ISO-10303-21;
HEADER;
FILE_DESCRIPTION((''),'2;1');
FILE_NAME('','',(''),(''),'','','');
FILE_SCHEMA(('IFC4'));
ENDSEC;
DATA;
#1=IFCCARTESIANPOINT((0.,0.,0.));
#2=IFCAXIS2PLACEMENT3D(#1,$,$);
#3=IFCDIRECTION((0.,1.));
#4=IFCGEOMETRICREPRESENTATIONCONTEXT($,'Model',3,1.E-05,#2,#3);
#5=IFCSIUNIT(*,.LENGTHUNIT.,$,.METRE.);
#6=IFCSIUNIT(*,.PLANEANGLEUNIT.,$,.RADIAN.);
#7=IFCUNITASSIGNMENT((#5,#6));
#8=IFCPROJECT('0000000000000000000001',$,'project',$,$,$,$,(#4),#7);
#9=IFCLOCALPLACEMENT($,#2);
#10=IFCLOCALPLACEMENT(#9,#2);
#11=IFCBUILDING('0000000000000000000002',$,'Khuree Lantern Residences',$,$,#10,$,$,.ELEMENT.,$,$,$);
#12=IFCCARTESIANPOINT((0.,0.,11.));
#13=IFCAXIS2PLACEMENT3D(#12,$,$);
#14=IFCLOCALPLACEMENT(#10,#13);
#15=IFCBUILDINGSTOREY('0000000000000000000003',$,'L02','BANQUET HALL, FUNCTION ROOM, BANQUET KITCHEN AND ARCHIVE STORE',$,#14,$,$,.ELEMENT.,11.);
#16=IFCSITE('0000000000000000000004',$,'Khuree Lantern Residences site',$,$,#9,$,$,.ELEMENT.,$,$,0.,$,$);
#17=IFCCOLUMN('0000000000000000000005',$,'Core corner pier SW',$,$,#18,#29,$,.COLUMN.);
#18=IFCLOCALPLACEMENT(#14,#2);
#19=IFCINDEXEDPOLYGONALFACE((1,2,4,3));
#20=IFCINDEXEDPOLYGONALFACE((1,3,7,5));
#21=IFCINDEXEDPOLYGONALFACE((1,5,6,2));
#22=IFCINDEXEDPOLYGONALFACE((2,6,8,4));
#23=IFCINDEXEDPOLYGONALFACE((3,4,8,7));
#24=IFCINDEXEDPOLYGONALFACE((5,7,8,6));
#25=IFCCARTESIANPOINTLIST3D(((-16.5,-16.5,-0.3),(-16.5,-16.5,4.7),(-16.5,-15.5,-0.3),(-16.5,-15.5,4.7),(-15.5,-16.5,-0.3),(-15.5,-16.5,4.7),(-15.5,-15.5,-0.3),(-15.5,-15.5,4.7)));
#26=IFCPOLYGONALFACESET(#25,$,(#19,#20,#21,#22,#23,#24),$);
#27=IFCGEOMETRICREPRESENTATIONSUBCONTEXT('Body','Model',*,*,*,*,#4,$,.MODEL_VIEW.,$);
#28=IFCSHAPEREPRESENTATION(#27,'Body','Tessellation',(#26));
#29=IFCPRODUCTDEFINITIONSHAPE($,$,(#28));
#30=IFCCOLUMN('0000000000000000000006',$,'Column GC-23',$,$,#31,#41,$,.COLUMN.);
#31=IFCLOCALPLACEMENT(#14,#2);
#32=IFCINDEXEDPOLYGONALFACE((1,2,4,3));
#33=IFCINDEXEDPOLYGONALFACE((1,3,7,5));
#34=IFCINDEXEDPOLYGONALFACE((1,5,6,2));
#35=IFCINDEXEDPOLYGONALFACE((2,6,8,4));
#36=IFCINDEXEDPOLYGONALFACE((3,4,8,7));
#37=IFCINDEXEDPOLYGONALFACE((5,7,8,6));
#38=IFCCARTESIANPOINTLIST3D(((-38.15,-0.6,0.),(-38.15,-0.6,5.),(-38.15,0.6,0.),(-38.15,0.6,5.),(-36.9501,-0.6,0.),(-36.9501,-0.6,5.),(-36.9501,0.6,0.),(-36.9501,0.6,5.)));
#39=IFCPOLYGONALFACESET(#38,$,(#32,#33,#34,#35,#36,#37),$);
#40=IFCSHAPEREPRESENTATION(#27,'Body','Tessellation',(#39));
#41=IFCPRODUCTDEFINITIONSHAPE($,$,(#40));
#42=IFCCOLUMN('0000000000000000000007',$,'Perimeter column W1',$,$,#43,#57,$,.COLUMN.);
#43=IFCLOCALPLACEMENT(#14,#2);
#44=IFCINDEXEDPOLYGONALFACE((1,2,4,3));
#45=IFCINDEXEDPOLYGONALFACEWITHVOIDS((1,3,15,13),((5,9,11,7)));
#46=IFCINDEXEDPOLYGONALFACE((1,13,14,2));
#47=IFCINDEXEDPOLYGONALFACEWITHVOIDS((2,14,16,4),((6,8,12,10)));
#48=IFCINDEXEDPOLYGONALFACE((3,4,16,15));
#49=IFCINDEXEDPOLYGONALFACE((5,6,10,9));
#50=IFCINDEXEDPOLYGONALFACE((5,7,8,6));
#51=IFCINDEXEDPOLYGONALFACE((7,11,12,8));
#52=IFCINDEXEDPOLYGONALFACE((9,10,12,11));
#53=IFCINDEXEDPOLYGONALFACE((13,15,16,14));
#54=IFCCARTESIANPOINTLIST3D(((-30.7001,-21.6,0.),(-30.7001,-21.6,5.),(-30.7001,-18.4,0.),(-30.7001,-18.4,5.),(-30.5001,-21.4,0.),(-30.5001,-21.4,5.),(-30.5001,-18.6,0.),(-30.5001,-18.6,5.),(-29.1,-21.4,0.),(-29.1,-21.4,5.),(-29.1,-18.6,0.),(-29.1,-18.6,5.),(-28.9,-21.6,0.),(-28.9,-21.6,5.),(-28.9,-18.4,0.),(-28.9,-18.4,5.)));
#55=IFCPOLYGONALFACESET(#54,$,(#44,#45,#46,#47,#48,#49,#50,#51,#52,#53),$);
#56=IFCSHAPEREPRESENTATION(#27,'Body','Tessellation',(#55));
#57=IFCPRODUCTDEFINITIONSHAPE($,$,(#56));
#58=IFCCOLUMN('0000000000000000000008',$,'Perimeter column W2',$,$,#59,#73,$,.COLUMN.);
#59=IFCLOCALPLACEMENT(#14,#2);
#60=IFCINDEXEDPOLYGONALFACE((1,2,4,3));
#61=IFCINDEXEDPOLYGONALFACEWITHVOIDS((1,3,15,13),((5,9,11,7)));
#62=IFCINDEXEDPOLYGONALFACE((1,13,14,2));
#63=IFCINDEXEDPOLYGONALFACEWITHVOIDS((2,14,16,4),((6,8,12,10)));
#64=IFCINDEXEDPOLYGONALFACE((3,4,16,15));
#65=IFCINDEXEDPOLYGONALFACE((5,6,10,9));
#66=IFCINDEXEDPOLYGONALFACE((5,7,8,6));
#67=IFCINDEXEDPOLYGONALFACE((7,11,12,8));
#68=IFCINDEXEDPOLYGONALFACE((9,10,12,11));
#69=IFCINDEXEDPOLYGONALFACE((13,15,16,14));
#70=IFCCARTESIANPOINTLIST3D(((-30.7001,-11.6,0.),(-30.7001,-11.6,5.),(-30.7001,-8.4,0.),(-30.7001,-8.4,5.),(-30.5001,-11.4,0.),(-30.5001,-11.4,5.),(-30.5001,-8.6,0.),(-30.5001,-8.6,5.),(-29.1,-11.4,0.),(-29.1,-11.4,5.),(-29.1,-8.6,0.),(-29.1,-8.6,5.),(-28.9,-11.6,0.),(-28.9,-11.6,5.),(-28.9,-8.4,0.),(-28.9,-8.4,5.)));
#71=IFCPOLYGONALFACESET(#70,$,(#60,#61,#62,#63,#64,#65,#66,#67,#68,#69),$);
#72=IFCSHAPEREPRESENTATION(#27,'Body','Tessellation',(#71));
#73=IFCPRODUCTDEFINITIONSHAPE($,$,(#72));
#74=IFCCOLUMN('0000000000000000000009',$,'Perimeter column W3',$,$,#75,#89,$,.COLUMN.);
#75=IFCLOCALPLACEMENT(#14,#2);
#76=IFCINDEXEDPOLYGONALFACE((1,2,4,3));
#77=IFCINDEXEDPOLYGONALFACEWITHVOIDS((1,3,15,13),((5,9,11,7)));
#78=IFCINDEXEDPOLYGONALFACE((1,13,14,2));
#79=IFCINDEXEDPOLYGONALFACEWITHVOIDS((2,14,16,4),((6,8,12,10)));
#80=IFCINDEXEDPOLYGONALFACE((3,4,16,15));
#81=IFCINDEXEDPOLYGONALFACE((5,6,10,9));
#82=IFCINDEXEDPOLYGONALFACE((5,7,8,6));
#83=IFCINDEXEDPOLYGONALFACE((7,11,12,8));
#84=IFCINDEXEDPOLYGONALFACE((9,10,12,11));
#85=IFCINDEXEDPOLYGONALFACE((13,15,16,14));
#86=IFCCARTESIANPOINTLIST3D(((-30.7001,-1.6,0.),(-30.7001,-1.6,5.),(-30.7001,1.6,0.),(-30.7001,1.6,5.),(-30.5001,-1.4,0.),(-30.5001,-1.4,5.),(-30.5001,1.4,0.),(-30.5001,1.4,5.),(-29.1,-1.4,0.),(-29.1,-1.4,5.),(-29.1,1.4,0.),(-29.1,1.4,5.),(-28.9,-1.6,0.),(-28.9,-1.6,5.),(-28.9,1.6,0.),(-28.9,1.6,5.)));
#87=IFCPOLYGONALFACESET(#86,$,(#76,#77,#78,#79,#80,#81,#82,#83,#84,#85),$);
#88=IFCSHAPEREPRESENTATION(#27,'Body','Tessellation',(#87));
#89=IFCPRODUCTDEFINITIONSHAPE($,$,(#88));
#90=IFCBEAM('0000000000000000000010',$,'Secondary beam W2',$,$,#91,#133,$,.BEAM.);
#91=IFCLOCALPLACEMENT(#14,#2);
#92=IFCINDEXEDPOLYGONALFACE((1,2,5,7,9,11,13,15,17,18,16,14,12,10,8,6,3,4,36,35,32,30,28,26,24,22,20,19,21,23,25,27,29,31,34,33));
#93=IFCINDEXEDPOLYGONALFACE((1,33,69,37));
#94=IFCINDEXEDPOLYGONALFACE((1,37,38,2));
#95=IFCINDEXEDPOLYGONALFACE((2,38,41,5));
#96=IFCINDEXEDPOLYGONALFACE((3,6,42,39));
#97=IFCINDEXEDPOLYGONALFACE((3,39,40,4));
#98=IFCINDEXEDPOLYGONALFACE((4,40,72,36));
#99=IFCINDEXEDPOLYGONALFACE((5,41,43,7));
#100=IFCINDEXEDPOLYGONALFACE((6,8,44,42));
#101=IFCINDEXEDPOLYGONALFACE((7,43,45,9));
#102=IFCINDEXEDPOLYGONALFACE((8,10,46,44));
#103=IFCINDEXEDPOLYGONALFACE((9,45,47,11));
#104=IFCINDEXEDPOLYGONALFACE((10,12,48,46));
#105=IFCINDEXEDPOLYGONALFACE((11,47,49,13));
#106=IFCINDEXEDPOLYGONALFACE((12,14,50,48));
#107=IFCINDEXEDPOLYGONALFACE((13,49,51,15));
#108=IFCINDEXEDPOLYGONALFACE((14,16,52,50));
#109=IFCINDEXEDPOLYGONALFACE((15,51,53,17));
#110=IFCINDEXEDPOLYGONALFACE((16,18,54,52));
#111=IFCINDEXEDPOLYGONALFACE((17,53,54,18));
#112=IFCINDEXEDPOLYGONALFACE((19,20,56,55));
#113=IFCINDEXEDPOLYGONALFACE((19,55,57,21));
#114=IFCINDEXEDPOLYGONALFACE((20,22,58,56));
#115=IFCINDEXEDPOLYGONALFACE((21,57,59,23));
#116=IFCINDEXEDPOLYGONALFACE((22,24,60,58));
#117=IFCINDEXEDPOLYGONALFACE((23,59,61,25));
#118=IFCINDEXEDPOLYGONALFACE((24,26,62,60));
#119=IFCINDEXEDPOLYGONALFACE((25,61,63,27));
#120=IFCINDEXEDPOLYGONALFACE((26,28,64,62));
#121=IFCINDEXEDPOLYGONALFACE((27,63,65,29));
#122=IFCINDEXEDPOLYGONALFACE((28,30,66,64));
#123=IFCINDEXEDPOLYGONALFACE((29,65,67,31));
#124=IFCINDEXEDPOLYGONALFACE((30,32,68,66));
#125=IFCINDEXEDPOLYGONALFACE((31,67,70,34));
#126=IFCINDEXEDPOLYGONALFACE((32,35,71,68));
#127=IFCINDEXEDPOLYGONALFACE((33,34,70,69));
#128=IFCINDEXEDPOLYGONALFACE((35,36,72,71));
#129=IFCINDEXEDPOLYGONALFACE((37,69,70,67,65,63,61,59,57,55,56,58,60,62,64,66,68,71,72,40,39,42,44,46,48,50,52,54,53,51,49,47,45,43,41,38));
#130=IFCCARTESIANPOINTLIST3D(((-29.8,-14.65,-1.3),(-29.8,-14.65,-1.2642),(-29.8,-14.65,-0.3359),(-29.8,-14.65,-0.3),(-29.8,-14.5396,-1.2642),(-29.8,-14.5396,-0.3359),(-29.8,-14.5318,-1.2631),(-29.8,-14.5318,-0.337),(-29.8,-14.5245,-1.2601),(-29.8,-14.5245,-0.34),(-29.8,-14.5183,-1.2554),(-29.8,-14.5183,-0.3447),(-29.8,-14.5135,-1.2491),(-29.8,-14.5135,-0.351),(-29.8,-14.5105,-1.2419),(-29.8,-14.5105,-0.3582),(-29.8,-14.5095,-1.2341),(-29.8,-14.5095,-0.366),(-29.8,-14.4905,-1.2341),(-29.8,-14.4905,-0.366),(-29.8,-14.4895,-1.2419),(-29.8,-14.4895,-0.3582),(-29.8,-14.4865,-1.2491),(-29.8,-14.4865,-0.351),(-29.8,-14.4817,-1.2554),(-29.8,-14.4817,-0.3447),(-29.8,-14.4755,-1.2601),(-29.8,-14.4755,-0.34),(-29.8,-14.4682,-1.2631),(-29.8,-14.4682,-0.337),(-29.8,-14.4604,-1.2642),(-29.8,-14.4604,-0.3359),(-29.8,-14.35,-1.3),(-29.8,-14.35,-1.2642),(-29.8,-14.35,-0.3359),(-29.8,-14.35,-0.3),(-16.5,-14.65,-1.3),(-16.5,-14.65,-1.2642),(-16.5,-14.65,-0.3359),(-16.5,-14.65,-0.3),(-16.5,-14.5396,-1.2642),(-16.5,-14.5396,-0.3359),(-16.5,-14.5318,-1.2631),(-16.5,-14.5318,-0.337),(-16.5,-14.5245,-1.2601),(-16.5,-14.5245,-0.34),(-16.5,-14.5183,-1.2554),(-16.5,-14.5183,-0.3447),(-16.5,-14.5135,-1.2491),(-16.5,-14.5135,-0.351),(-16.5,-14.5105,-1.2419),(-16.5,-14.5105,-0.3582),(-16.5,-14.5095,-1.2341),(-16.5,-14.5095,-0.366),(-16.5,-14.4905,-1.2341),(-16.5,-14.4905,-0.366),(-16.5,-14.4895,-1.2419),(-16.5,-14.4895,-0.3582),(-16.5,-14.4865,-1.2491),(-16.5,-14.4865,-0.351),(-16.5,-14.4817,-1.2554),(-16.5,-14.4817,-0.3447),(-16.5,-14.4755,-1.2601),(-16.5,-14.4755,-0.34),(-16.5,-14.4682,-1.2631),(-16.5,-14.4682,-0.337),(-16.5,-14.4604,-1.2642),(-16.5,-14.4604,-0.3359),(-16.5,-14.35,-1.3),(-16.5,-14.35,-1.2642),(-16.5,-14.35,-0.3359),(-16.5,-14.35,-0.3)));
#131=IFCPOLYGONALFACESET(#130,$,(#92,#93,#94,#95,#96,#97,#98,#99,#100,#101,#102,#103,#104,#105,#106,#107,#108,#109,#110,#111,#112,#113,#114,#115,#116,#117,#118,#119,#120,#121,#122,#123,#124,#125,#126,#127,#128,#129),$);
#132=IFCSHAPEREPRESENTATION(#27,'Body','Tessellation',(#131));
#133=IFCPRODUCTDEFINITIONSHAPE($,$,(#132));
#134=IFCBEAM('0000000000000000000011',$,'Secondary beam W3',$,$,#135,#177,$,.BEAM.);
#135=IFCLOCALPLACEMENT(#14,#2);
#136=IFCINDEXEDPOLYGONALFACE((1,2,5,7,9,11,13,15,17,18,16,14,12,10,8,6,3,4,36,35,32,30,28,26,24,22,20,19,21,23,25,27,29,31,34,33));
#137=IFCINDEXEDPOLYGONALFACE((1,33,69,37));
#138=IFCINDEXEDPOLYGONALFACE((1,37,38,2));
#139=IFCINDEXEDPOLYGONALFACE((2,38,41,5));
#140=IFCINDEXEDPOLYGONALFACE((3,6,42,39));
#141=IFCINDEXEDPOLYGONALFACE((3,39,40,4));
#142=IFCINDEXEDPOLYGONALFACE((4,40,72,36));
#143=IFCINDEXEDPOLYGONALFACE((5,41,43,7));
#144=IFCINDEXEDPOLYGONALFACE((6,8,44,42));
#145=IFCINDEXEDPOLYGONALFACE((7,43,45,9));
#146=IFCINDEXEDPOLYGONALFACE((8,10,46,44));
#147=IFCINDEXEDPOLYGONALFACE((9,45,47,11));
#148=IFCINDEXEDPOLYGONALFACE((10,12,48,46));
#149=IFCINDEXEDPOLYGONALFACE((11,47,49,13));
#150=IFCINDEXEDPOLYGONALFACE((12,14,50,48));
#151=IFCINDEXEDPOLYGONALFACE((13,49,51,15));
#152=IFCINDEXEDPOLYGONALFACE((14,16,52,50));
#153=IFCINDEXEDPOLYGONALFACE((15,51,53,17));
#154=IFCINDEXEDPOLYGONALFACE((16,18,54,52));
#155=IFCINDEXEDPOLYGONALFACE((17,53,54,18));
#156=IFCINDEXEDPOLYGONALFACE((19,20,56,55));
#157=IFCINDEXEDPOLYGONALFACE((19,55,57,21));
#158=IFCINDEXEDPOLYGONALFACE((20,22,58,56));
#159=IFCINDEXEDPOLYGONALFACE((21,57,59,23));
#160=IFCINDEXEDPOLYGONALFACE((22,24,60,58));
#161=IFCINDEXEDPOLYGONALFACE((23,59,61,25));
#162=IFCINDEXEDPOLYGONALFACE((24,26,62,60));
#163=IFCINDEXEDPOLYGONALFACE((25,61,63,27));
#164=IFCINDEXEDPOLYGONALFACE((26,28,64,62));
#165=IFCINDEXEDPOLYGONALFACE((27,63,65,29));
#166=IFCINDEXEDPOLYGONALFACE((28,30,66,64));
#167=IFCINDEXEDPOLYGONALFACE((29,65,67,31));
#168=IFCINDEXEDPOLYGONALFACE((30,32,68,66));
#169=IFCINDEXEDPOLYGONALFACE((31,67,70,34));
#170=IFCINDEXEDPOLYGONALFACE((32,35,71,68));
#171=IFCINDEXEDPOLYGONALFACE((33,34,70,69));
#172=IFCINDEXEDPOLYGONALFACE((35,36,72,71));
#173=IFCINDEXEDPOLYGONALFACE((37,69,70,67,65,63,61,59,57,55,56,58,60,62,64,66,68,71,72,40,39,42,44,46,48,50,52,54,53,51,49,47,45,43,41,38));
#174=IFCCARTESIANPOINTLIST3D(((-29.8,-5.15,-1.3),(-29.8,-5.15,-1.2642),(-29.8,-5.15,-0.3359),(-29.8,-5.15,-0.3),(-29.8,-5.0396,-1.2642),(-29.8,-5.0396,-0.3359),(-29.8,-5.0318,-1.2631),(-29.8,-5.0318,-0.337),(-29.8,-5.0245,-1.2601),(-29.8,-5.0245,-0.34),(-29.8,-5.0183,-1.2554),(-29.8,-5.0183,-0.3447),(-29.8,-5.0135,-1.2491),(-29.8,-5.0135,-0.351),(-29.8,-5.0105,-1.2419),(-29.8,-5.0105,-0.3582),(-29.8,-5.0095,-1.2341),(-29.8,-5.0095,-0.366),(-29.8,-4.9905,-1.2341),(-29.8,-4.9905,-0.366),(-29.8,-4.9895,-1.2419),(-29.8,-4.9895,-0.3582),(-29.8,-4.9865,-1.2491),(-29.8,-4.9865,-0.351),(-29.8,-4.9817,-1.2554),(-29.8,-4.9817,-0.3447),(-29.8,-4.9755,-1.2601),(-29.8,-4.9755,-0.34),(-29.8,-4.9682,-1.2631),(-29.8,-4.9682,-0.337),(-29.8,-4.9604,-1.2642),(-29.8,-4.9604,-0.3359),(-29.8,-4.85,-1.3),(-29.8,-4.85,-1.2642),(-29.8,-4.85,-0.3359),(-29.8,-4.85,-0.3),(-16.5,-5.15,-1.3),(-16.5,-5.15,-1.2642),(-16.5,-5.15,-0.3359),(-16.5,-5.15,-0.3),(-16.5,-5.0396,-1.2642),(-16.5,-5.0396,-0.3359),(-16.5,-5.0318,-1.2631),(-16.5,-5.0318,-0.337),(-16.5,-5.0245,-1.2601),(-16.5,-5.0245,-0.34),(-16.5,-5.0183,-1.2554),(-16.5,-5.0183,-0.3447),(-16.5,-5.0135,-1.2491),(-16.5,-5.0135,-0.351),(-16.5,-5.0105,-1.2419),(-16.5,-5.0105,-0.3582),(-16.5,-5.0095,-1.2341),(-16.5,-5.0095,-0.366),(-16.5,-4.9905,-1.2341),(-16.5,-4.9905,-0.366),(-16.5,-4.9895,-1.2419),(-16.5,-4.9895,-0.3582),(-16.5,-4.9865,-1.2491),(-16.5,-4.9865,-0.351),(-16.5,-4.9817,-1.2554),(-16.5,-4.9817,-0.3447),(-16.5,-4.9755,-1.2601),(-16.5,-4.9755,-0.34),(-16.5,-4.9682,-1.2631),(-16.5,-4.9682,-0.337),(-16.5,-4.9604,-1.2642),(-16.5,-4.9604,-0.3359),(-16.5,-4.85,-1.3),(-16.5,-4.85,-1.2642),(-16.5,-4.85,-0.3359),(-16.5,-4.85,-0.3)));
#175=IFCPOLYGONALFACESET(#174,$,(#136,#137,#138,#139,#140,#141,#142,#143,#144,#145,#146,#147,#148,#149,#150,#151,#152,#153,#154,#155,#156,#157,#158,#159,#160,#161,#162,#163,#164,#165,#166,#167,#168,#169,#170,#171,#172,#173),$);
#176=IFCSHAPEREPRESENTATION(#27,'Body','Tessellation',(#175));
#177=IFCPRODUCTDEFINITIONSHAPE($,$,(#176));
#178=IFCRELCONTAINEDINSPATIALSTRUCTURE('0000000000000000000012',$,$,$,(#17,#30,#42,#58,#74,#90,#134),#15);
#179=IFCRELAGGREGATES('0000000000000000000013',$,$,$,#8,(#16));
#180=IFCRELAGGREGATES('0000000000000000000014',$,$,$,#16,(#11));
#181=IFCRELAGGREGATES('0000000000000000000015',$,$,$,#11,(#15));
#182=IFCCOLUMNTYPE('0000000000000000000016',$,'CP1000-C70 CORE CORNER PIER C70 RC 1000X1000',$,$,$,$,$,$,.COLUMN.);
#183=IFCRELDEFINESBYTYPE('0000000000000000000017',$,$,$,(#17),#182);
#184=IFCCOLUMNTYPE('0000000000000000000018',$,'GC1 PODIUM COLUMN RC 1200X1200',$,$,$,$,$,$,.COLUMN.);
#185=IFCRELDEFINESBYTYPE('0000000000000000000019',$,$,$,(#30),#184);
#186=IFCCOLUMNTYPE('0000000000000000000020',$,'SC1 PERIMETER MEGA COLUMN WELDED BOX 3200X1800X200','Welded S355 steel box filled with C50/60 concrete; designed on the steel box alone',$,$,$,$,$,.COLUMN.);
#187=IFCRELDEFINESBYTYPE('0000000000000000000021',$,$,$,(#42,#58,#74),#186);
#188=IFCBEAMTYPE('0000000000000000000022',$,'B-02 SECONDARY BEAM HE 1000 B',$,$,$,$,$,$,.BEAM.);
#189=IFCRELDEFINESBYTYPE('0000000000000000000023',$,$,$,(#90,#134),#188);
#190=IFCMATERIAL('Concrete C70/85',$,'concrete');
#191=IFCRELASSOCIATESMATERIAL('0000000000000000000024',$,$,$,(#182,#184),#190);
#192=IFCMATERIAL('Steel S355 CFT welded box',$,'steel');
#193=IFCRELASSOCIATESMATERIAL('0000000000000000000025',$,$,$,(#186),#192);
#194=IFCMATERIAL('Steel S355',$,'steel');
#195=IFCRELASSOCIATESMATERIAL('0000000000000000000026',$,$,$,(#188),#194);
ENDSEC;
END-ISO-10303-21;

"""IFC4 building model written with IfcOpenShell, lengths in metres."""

from ifc_helpers import new_model, si_unit, direction, frame, origin, origin_2d, place, context, subcontext, project, spatial, rectangle, hollow_rectangle, i_section, extrude, material, material_profile, profile_set, type_object, element, save


model = new_model("IFC4")

# Units and contexts
model_context = context("Model", 3, precision=1e-05, world=origin(), true_north=direction((0.0, 1.0)))
body_context = subcontext(model_context, "Body", "Model", "MODEL_VIEW")
ifc_project = project(units=[si_unit("LENGTHUNIT", "METRE"), si_unit("PLANEANGLEUNIT", "RADIAN")], contexts=[model_context])

# Site, building, storey
site_placement = place(None, origin())
site = spatial("IfcSite", under=ifc_project, at=site_placement, Name="Khuree Lantern Residences site", CompositionType="ELEMENT", RefElevation=0.0)
building_placement = place(site_placement, origin())
building = spatial("IfcBuilding", under=site, at=building_placement, Name="Khuree Lantern Residences", CompositionType="ELEMENT")
storey_placement = place(building_placement, frame((0.0, 0.0, 11.0)))
storey = spatial("IfcBuildingStorey", under=building, at=storey_placement, Name="L02", Description="BANQUET HALL, FUNCTION ROOM, BANQUET KITCHEN AND ARCHIVE STORE", CompositionType="ELEMENT", Elevation=11.0)

# Columns
ifc_material_1 = material(Name="Concrete C70/85", Category="concrete")
ifc_material_profile_1 = material_profile(ifc_material_1, rectangle(XDim=1.0, YDim=1.0, at=origin_2d()), Name="RC 1000X1000")
ifc_profile_set_1 = profile_set([ifc_material_profile_1], Name="Concrete C70/85")
column_type_1 = type_object("IfcColumnType", Name="CP1000-C70 CORE CORNER PIER C70 RC 1000X1000", PredefinedType="COLUMN", material=ifc_profile_set_1)
column_1_placement = place(storey_placement, frame((-16.0, -16.0, -0.3), z_axis=(0.0, 0.0, 1.0), x_axis=(1.0, 0.0, 0.0)))
element("IfcColumn", 1, at=column_1_placement, inside=storey, type_object=column_type_1, Name="Core corner pier SW", PredefinedType="COLUMN", context=body_context, shape_type="SweptSolid", body=[
    extrude(rectangle(XDim=1.0, YDim=1.0, at=origin_2d()), origin(), (0.0, 0.0, 1.0), 5.0),
])
ifc_material_profile_2 = material_profile(ifc_material_1, rectangle(XDim=1.2, YDim=1.2, at=origin_2d()), Name="RC 1200X1200")
ifc_profile_set_2 = profile_set([ifc_material_profile_2], Name="Concrete C70/85")
column_type_2 = type_object("IfcColumnType", Name="GC1 PODIUM COLUMN RC 1200X1200", PredefinedType="COLUMN", material=ifc_profile_set_2)
column_2_placement = place(storey_placement, frame((-37.55, 0.0, 0.0), z_axis=(0.0, 0.0, 1.0), x_axis=(1.0, 0.0, 0.0)))
element("IfcColumn", 2, at=column_2_placement, inside=storey, type_object=column_type_2, Name="Column GC-23", PredefinedType="COLUMN", context=body_context, shape_type="SweptSolid", body=[
    extrude(rectangle(XDim=1.2, YDim=1.2, at=origin_2d()), origin(), (0.0, 0.0, 1.0), 5.0),
])
ifc_material_2 = material(Name="Steel S355 CFT welded box", Category="steel")
ifc_material_profile_3 = material_profile(ifc_material_2, hollow_rectangle(XDim=3.2, YDim=1.8, WallThickness=0.2, at=origin_2d()), Name="WELDED BOX 3200X1800X200")
ifc_profile_set_3 = profile_set([ifc_material_profile_3], Name="Steel S355 CFT welded box")
column_type_3 = type_object("IfcColumnType", Name="SC1 PERIMETER MEGA COLUMN WELDED BOX 3200X1800X200", Description="Welded S355 steel box filled with C50/60 concrete; designed on the steel box alone", PredefinedType="COLUMN", material=ifc_profile_set_3)
for number, where, z_axis, x_axis, name in (
    (3, (-29.8, -20.0, 0.0), (0.0, 0.0, 1.0), (0.0, 1.0, 0.0), "Perimeter column W1"),
    (4, (-29.8, -10.0, 0.0), (0.0, 0.0, 1.0), (0.0, 1.0, 0.0), "Perimeter column W2"),
    (5, (-29.8, 0.0, 0.0), (0.0, 0.0, 1.0), (0.0, 1.0, 0.0), "Perimeter column W3"),
):
    element("IfcColumn", number, at=place(storey_placement, frame(where, z_axis=z_axis, x_axis=x_axis)), inside=storey, type_object=column_type_3, Name=name, PredefinedType="COLUMN", context=body_context, shape_type="SweptSolid", body=[
        extrude(hollow_rectangle(XDim=3.2, YDim=1.8, WallThickness=0.2, at=origin_2d()), origin(), (0.0, 0.0, 1.0), 5.0),
    ])

# Beams
ifc_material_3 = material(Name="Steel S355", Category="steel")
ifc_material_profile_4 = material_profile(ifc_material_3, i_section(OverallWidth=0.3, OverallDepth=1.0, WebThickness=0.019, FlangeThickness=0.0359, FilletRadius=0.03, at=origin_2d()), Name="HE 1000 B")
ifc_profile_set_4 = profile_set([ifc_material_profile_4], Name="Steel S355")
beam_type_1 = type_object("IfcBeamType", Name="B-02 SECONDARY BEAM HE 1000 B", PredefinedType="BEAM", material=ifc_profile_set_4)
for number, where, z_axis, x_axis, name in (
    (6, (-29.8, -14.5, -0.8), (1.0, 0.0, 0.0), (0.0, 1.0, 0.0), "Secondary beam W2"),
    (7, (-29.8, -5.0, -0.8), (1.0, 0.0, 0.0), (0.0, 1.0, 0.0), "Secondary beam W3"),
):
    element("IfcBeam", number, at=place(storey_placement, frame(where, z_axis=z_axis, x_axis=x_axis)), inside=storey, type_object=beam_type_1, Name=name, PredefinedType="BEAM", context=body_context, shape_type="SweptSolid", body=[
        extrude(i_section(OverallWidth=0.3, OverallDepth=1.0, WebThickness=0.019, FlangeThickness=0.0359, FilletRadius=0.03, at=origin_2d()), origin(), (0.0, 0.0, 1.0), 13.3),
    ])

save(model, "model.ifc")
